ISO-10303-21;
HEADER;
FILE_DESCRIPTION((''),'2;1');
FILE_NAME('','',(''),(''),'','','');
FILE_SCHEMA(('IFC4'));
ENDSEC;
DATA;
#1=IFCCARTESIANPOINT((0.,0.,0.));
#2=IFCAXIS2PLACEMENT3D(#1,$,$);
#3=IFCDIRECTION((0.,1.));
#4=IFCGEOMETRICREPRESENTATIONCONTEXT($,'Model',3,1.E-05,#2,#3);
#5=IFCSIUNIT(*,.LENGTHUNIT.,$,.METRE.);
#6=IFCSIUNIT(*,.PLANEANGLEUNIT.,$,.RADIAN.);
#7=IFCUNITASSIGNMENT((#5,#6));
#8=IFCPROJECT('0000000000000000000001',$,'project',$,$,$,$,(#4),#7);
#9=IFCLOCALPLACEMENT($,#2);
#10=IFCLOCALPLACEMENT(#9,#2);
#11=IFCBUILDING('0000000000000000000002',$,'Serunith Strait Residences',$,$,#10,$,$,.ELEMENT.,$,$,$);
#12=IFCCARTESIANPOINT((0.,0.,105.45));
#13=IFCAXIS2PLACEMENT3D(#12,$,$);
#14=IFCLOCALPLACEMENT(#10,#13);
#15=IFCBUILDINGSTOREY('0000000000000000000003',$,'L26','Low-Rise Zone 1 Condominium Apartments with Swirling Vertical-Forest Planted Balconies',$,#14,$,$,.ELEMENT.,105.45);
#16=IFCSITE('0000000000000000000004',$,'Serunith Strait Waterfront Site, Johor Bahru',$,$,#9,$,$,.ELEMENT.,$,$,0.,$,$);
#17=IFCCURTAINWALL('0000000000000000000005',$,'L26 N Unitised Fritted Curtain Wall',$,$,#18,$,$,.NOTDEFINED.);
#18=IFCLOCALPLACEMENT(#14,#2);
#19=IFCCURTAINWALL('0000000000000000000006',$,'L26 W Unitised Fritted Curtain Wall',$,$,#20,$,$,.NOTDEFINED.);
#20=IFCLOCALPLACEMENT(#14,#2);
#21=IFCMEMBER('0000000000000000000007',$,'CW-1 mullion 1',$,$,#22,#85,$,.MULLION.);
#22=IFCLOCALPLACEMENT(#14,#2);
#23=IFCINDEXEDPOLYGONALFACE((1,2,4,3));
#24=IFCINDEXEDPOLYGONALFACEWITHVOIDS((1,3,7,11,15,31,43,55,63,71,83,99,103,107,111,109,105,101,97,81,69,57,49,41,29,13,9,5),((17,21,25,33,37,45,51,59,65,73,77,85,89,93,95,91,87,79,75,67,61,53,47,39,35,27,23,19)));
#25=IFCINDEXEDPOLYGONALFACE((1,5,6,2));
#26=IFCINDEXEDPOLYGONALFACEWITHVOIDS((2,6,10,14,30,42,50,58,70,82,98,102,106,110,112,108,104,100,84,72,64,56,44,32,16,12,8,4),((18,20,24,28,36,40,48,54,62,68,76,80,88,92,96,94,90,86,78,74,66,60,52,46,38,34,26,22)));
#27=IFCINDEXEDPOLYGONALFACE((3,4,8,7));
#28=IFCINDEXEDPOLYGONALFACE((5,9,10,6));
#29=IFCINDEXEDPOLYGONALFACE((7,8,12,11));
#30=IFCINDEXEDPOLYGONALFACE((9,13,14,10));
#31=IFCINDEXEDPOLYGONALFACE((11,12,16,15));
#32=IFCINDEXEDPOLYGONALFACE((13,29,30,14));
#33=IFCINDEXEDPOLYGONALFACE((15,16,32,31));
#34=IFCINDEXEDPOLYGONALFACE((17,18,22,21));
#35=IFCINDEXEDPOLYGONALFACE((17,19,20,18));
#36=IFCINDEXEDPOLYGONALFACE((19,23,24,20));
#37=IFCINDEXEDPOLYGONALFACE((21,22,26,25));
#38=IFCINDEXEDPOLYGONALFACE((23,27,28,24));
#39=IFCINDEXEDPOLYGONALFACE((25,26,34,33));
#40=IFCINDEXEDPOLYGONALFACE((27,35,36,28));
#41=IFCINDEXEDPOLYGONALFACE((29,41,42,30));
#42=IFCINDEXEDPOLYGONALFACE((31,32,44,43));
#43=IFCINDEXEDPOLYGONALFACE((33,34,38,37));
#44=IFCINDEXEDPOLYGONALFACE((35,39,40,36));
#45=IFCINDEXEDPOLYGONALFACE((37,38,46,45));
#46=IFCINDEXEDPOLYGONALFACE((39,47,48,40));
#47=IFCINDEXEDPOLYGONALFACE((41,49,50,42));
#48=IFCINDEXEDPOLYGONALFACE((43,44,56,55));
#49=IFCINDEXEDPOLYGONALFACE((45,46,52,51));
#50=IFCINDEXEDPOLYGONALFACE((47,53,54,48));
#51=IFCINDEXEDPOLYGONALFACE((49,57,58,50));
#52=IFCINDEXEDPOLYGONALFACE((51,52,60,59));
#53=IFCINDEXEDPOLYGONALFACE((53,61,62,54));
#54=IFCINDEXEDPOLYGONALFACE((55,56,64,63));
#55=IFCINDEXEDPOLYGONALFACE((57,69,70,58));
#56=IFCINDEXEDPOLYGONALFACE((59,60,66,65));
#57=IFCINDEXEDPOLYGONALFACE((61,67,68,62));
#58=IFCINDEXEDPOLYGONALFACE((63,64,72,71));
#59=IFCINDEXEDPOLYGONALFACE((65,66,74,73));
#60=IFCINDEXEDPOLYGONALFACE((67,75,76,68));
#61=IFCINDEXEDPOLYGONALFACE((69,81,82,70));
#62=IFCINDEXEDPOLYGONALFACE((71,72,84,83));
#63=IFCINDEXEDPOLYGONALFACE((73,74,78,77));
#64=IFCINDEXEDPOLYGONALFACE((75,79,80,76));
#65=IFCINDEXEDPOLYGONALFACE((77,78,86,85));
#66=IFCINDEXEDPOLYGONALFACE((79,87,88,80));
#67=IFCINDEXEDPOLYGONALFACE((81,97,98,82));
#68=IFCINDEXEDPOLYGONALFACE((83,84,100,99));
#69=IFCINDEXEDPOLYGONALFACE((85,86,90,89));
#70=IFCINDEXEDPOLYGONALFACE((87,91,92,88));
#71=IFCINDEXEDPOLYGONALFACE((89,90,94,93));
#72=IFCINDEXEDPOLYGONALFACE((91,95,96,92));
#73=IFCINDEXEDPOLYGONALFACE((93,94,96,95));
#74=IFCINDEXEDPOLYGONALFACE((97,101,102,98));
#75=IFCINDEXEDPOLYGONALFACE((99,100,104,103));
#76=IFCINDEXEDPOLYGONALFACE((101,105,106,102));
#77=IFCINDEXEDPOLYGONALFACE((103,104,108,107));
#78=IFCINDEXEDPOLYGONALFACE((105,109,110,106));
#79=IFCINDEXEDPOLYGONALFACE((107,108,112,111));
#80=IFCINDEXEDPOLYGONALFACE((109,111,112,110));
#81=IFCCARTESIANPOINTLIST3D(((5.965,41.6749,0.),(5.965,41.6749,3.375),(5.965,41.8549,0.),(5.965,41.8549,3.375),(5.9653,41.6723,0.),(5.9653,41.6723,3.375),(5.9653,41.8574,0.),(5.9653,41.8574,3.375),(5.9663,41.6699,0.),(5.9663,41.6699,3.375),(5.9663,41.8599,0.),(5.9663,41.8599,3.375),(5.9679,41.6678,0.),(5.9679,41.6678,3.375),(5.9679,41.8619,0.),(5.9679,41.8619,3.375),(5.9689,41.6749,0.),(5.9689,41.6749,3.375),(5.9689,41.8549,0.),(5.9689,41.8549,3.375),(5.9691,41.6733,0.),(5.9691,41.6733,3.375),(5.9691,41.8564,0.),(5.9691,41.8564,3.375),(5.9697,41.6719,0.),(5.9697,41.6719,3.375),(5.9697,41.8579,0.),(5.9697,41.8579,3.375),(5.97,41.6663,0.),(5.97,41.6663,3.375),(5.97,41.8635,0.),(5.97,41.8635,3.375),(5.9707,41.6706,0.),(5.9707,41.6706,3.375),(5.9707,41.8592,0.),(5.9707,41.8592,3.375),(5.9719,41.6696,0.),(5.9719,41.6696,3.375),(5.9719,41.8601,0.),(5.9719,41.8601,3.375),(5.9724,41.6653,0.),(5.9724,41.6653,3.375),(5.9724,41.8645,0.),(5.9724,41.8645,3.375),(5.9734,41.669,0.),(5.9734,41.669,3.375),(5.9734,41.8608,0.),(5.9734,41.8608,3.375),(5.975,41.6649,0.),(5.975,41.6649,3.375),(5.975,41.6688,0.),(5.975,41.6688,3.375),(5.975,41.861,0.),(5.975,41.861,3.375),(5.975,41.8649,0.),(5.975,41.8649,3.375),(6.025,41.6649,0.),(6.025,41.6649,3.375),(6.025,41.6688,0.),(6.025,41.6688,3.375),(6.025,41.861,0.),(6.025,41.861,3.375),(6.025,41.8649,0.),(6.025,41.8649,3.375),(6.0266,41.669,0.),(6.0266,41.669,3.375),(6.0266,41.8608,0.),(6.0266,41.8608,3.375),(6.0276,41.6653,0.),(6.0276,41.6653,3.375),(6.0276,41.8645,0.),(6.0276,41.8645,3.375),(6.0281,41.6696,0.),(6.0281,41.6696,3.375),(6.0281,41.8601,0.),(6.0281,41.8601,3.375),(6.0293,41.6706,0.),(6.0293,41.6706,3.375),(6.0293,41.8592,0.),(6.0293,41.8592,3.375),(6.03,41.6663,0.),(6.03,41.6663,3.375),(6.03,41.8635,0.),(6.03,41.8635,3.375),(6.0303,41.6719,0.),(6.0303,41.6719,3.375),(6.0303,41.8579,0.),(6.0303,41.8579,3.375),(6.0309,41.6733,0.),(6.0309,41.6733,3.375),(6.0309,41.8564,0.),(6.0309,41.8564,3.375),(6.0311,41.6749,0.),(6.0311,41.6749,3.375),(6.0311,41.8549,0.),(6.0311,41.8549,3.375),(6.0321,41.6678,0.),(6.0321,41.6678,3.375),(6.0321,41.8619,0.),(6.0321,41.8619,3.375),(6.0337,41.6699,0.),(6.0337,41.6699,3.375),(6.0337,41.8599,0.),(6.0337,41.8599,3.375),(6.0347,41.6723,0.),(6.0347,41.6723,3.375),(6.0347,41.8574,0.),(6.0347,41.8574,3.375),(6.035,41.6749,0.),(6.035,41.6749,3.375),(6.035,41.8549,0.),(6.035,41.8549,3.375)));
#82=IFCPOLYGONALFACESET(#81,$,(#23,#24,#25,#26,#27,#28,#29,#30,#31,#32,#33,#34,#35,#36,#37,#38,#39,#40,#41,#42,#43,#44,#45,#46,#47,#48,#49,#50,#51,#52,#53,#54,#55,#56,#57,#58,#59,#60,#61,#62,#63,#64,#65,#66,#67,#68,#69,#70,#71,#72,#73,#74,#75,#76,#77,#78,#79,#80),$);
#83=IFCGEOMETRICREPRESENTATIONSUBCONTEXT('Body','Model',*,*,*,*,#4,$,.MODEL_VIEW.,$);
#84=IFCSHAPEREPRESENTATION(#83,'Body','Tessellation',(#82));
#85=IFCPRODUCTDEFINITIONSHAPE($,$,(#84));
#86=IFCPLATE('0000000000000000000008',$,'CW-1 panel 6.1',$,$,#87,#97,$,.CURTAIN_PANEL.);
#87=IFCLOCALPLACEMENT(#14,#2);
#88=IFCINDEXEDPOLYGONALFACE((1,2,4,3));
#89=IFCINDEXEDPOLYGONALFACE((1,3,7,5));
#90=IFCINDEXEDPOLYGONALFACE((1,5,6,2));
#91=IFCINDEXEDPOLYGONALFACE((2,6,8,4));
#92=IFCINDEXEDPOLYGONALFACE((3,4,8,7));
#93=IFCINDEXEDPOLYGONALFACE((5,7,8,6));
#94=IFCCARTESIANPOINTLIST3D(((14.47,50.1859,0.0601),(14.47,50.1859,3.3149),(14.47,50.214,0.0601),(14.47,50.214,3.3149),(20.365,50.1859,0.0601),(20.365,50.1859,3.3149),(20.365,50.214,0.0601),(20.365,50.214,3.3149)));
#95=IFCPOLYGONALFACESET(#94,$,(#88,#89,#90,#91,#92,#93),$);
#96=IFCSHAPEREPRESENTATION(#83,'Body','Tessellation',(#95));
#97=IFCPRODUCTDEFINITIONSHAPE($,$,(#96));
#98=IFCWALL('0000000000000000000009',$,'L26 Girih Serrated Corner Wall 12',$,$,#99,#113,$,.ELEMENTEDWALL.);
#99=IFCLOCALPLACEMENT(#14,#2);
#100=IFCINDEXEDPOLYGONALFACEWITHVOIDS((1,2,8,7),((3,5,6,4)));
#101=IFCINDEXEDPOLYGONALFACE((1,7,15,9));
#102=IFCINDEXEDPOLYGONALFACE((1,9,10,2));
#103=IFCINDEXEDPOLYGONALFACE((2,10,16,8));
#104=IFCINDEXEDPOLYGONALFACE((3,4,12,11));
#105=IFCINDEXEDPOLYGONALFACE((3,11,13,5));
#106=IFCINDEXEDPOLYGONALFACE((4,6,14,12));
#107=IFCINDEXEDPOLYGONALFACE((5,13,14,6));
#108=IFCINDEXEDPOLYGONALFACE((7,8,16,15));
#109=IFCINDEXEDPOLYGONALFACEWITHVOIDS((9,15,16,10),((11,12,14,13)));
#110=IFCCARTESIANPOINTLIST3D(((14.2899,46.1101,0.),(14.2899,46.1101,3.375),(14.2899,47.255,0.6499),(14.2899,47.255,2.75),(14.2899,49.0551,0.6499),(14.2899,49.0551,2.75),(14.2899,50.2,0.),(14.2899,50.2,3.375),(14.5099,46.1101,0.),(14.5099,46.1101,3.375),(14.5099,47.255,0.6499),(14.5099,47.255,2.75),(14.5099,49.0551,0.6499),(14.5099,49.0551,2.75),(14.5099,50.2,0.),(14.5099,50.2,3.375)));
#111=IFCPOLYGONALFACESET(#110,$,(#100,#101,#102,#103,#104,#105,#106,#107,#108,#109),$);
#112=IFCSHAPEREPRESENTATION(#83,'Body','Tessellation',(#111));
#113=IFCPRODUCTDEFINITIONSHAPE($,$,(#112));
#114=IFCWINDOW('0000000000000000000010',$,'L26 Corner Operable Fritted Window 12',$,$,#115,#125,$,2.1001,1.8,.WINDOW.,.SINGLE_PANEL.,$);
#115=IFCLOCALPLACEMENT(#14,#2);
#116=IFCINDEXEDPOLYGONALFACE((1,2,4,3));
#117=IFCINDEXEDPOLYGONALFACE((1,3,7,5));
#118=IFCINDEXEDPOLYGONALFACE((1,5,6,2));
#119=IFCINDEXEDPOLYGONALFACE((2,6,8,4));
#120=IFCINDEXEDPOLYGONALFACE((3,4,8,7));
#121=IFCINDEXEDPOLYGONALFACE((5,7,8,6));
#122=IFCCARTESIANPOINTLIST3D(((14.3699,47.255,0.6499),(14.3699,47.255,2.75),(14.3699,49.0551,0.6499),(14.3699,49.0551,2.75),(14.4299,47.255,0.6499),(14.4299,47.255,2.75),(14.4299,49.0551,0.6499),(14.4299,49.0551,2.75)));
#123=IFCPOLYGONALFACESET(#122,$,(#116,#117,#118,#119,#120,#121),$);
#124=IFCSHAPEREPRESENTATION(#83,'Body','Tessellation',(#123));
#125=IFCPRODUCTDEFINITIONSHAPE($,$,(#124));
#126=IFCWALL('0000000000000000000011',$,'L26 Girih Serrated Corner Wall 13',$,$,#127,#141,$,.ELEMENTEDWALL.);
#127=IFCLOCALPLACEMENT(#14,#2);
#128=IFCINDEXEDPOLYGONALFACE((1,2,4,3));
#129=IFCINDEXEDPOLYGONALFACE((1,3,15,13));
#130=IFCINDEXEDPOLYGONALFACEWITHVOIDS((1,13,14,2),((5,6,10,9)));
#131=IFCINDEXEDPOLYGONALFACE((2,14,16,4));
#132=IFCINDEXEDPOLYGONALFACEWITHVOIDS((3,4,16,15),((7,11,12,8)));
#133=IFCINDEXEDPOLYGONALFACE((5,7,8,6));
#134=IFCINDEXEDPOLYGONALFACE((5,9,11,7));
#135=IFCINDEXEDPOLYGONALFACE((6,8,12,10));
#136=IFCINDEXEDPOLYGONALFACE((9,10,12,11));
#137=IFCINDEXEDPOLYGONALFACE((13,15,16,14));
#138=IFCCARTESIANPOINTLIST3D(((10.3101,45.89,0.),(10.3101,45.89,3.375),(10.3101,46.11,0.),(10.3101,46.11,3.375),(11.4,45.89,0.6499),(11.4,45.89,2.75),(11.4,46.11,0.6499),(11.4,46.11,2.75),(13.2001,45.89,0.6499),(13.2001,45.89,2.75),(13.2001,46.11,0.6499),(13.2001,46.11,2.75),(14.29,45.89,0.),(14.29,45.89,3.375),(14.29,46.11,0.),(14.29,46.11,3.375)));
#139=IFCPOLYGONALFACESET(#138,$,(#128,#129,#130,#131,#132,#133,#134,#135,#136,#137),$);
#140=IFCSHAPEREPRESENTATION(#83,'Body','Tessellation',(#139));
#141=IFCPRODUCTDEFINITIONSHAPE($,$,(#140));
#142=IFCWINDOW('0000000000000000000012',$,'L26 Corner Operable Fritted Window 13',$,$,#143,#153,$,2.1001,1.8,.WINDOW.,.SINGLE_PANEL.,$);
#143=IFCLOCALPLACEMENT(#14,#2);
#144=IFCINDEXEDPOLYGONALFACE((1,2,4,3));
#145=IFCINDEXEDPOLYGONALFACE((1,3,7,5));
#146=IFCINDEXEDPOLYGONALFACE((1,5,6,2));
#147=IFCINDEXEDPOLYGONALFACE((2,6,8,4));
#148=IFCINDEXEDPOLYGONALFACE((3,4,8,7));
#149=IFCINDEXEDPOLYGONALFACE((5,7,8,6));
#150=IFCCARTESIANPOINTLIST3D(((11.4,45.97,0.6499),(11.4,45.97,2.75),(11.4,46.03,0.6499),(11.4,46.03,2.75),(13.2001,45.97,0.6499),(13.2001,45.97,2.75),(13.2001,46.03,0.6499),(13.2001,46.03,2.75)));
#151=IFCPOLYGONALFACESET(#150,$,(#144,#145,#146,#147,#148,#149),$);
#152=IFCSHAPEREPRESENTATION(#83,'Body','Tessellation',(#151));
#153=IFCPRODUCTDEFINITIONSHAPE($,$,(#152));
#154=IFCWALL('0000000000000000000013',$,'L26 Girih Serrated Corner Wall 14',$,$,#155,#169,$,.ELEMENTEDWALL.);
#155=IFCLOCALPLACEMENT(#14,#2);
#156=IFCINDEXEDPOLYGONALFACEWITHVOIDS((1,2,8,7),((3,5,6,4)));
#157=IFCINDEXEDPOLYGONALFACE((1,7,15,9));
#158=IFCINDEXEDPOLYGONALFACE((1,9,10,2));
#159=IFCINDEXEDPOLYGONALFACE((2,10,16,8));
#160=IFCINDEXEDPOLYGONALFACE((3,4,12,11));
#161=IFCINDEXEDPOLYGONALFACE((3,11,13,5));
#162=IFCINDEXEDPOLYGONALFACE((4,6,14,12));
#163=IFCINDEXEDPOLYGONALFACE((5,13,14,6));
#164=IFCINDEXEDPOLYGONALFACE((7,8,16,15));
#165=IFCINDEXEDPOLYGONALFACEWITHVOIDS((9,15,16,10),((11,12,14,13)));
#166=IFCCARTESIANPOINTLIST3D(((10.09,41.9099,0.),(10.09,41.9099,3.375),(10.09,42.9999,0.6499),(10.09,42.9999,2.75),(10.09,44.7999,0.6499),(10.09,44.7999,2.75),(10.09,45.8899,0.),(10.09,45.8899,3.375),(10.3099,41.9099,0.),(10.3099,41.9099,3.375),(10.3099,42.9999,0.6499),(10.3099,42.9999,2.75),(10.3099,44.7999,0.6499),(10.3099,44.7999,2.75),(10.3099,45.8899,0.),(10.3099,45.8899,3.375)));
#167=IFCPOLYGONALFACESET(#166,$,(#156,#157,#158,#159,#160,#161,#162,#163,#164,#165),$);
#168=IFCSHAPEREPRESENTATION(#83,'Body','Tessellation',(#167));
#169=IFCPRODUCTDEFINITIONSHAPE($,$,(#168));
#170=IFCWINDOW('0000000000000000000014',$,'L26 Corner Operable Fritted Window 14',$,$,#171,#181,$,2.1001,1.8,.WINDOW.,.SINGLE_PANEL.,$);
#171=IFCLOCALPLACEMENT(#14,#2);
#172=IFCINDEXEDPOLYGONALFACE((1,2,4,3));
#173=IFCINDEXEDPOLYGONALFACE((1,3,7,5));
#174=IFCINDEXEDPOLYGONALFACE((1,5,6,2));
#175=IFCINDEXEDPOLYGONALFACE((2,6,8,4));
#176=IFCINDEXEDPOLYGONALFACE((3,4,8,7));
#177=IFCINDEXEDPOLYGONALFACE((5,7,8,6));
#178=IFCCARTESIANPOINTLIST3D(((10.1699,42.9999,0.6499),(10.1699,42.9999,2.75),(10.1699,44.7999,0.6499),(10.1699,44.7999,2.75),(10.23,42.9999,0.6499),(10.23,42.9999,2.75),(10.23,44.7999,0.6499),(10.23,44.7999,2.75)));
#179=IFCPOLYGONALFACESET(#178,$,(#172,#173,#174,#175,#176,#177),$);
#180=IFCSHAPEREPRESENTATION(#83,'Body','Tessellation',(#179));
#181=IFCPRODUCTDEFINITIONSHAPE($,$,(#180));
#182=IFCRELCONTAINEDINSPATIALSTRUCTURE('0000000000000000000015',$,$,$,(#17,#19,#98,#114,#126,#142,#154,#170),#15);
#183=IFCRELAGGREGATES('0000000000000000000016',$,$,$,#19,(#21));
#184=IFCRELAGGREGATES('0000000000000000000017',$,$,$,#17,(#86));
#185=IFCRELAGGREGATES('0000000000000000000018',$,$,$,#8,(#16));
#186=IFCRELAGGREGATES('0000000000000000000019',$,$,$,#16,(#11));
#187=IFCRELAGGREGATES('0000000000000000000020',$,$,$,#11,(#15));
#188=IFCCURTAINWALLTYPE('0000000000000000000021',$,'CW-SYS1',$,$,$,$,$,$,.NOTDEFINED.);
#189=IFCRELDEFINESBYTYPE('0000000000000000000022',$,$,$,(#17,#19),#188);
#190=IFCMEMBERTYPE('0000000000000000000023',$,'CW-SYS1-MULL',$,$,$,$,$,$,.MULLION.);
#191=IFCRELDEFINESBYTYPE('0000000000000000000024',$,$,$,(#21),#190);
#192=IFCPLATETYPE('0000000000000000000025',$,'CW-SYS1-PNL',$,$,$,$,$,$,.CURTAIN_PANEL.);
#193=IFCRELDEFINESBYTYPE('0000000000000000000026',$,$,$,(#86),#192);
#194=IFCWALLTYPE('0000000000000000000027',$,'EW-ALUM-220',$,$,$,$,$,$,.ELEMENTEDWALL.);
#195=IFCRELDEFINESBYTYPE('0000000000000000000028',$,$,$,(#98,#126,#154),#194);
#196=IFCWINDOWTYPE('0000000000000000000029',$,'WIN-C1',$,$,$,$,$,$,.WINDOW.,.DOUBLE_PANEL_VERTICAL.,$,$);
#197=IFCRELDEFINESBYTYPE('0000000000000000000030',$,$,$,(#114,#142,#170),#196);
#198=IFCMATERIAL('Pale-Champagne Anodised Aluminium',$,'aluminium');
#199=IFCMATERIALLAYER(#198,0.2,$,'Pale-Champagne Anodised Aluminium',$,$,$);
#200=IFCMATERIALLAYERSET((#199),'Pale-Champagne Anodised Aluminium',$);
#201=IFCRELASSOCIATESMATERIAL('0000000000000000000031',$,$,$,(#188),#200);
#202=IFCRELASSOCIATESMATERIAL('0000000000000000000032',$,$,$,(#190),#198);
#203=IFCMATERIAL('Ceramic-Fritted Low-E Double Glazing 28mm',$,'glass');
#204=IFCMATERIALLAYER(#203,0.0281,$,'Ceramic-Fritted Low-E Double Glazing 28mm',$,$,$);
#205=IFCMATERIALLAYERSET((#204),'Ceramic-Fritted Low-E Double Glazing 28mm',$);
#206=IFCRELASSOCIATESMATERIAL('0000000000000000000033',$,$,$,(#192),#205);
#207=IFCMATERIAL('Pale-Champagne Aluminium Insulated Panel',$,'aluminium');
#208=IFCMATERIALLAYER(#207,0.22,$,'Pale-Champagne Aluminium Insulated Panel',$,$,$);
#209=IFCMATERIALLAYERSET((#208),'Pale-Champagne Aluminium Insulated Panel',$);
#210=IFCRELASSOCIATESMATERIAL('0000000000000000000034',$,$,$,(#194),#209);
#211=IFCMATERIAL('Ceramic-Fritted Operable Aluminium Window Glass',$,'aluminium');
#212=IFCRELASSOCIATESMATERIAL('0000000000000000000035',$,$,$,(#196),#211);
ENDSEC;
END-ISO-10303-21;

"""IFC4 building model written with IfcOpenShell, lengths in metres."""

from ifc_helpers import new_model, si_unit, direction, frame, frame_2d, origin, origin_2d, place, context, subcontext, project, spatial, rectangle, hollow_rectangle, extrude, source, transform, mapped, material, layer, layer_set, material_profile, profile_set, type_object, element, fill, aggregate, save


model = new_model("IFC4")

# Units and contexts
model_context = context("Model", 3, precision=1e-05, world=origin(), true_north=direction((0.0, 1.0)))
body_context = subcontext(model_context, "Body", "Model", "MODEL_VIEW")
ifc_project = project(units=[si_unit("LENGTHUNIT", "METRE"), si_unit("PLANEANGLEUNIT", "RADIAN")], contexts=[model_context])

# Site, building, storey
site_placement = place(None, origin())
site = spatial("IfcSite", under=ifc_project, at=site_placement, Name="Serunith Strait Waterfront Site, Johor Bahru", CompositionType="ELEMENT", RefElevation=0.0)
building_placement = place(site_placement, origin())
building = spatial("IfcBuilding", under=site, at=building_placement, Name="Serunith Strait Residences", CompositionType="ELEMENT")
storey_placement = place(building_placement, frame((0.0, 0.0, 105.45)))
storey = spatial("IfcBuildingStorey", under=building, at=storey_placement, Name="L26", Description="Low-Rise Zone 1 Condominium Apartments with Swirling Vertical-Forest Planted Balconies", CompositionType="ELEMENT", Elevation=105.45)

# Curtain walls
ifc_material_1 = material(Name="Pale-Champagne Anodised Aluminium", Category="aluminium")
ifc_layer_1 = layer(ifc_material_1, 0.2, Name="Pale-Champagne Anodised Aluminium")
ifc_layer_set_1 = layer_set([ifc_layer_1], Name="Pale-Champagne Anodised Aluminium")
curtain_wall_type = type_object("IfcCurtainWallType", Name="CW-SYS1", PredefinedType="NOTDEFINED", material=ifc_layer_set_1)
curtain_wall_1_placement = place(storey_placement, origin())
curtain_wall_1 = element("IfcCurtainWall", 1, at=curtain_wall_1_placement, inside=storey, type_object=curtain_wall_type, Name="L26 N Unitised Fritted Curtain Wall", PredefinedType="NOTDEFINED")
curtain_wall_2_placement = place(storey_placement, origin())
curtain_wall_2 = element("IfcCurtainWall", 2, at=curtain_wall_2_placement, inside=storey, type_object=curtain_wall_type, Name="L26 W Unitised Fritted Curtain Wall", PredefinedType="NOTDEFINED")

# Member
ifc_material_profile_1 = material_profile(ifc_material_1, hollow_rectangle(XDim=0.0701, YDim=0.2, WallThickness=0.0039, InnerFilletRadius=0.0061, OuterFilletRadius=0.01, at=origin_2d()), Name="ALU 200x70x4")
ifc_profile_set_1 = profile_set([ifc_material_profile_1], Name="Pale-Champagne Anodised Aluminium")
member_type_1 = type_object("IfcMemberType", Name="CW-SYS1-MULL", PredefinedType="MULLION", material=ifc_profile_set_1)
shared_shape_1 = source(origin(), body_context, "Body", "SweptSolid", [
    extrude(hollow_rectangle(XDim=0.0701, YDim=0.2, WallThickness=0.0039, InnerFilletRadius=0.0061, OuterFilletRadius=0.01, at=origin_2d()), origin(), (0.0, 0.0, 1.0), 3.375),
])
member_1_placement = place(storey_placement, frame((6.0, 41.7649, 0.0), z_axis=(0.0, 0.0, 1.0), x_axis=(1.0, 0.0, 0.0)))
member_1 = element("IfcMember", 3, at=member_1_placement, type_object=member_type_1, Name="CW-1 mullion 1", PredefinedType="MULLION", context=body_context, shape_type="MappedRepresentation", body=[
    mapped(shared_shape_1, transform((0.0, 0.0, 0.0), scale=1.0)),
])
aggregate(curtain_wall_2, [member_1])

# Plate
ifc_material_2 = material(Name="Ceramic-Fritted Low-E Double Glazing 28mm", Category="glass")
ifc_layer_2 = layer(ifc_material_2, 0.0281, Name="Ceramic-Fritted Low-E Double Glazing 28mm")
ifc_layer_set_2 = layer_set([ifc_layer_2], Name="Ceramic-Fritted Low-E Double Glazing 28mm")
plate_type = type_object("IfcPlateType", Name="CW-SYS1-PNL", PredefinedType="CURTAIN_PANEL", material=ifc_layer_set_2)
shared_shape_2 = source(origin(), body_context, "Body", "SweptSolid", [
    extrude(rectangle(XDim=5.895, YDim=0.0281, at=origin_2d()), origin(), (0.0, 0.0, 1.0), 3.2549),
])
plate_placement = place(storey_placement, frame((17.4175, 50.2, 0.0601), z_axis=(0.0, 0.0, 1.0), x_axis=(-1.0, 0.0, 0.0)))
plate = element("IfcPlate", 4, at=plate_placement, type_object=plate_type, Name="CW-1 panel 6.1", PredefinedType="CURTAIN_PANEL", context=body_context, shape_type="MappedRepresentation", body=[
    mapped(shared_shape_2, transform((0.0, 0.0, 0.0), scale=1.0)),
])
aggregate(curtain_wall_1, [plate])

# Walls, openings, windows
ifc_material_3 = material(Name="Pale-Champagne Aluminium Insulated Panel", Category="aluminium")
ifc_layer_3 = layer(ifc_material_3, 0.22, Name="Pale-Champagne Aluminium Insulated Panel")
ifc_layer_set_3 = layer_set([ifc_layer_3], Name="Pale-Champagne Aluminium Insulated Panel")
wall_type_1 = type_object("IfcWallType", Name="EW-ALUM-220", PredefinedType="ELEMENTEDWALL", material=ifc_layer_set_3)
wall_1_placement = place(storey_placement, frame((14.3999, 50.2, 0.0), z_axis=(0.0, 0.0, 1.0), x_axis=(0.0, -1.0, 0.0)))
wall_1 = element("IfcWall", 5, at=wall_1_placement, inside=storey, type_object=wall_type_1, Name="L26 Girih Serrated Corner Wall 12", PredefinedType="ELEMENTEDWALL", context=body_context, shape_type="SweptSolid", body=[
    extrude(rectangle(XDim=4.0898, YDim=0.22, at=frame_2d((2.0449, 0.0))), origin(), (0.0, 0.0, 1.0), 3.375),
])
opening_1_placement = place(wall_1_placement, frame((1.145, 0.0, 0.6499)))
opening_1 = element("IfcOpeningElement", 6, at=opening_1_placement, cuts=wall_1, PredefinedType="OPENING", context=body_context, shape_type="SweptSolid", body=[
    extrude(rectangle(XDim=1.8, YDim=2.1001, at=frame_2d((0.8999, 1.05))), frame((0.0, 0.1201, 0.0), z_axis=(0.0, -1.0, 0.0), x_axis=(1.0, 0.0, 0.0)), (0.0, 0.0, 1.0), 0.24),
])
ifc_material_4 = material(Name="Ceramic-Fritted Operable Aluminium Window Glass", Category="aluminium")
window_type = type_object("IfcWindowType", Name="WIN-C1", PartitioningType="DOUBLE_PANEL_VERTICAL", PredefinedType="WINDOW", material=ifc_material_4)
shared_shape_3 = source(origin(), body_context, "Body", "SweptSolid", [
    extrude(rectangle(XDim=1.8, YDim=2.1001, at=frame_2d((0.8999, 1.05))), frame((0.0, 0.03, 0.0), z_axis=(0.0, -1.0, 0.0), x_axis=(1.0, 0.0, 0.0)), (0.0, 0.0, 1.0), 0.0601),
])
window_1_placement = place(opening_1_placement, origin())
window_1 = element("IfcWindow", 7, at=window_1_placement, inside=storey, type_object=window_type, Name="L26 Corner Operable Fritted Window 12", OverallHeight=2.1001, OverallWidth=1.8, PartitioningType="SINGLE_PANEL", PredefinedType="WINDOW", context=body_context, shape_type="MappedRepresentation", body=[
    mapped(shared_shape_3, transform((0.0, 0.0, 0.0), scale=1.0)),
])
fill(opening_1, window_1)
wall_2_placement = place(storey_placement, frame((14.29, 46.0, 0.0), z_axis=(0.0, 0.0, 1.0), x_axis=(-1.0, 0.0, 0.0)))
wall_2 = element("IfcWall", 8, at=wall_2_placement, inside=storey, type_object=wall_type_1, Name="L26 Girih Serrated Corner Wall 13", PredefinedType="ELEMENTEDWALL", context=body_context, shape_type="SweptSolid", body=[
    extrude(rectangle(XDim=3.98, YDim=0.22, at=frame_2d((1.99, 0.0))), origin(), (0.0, 0.0, 1.0), 3.375),
])
opening_2_placement = place(wall_2_placement, frame((1.0901, 0.0, 0.6499)))
opening_2 = element("IfcOpeningElement", 9, at=opening_2_placement, cuts=wall_2, PredefinedType="OPENING", context=body_context, shape_type="SweptSolid", body=[
    extrude(rectangle(XDim=1.8, YDim=2.1001, at=frame_2d((0.8999, 1.05))), frame((0.0, 0.1201, 0.0), z_axis=(0.0, -1.0, 0.0), x_axis=(1.0, 0.0, 0.0)), (0.0, 0.0, 1.0), 0.24),
])
window_2_placement = place(opening_2_placement, origin())
window_2 = element("IfcWindow", 10, at=window_2_placement, inside=storey, type_object=window_type, Name="L26 Corner Operable Fritted Window 13", OverallHeight=2.1001, OverallWidth=1.8, PartitioningType="SINGLE_PANEL", PredefinedType="WINDOW", context=body_context, shape_type="MappedRepresentation", body=[
    mapped(shared_shape_3, transform((0.0, 0.0, 0.0), scale=1.0)),
])
fill(opening_2, window_2)
wall_3_placement = place(storey_placement, frame((10.2, 45.8899, 0.0), z_axis=(0.0, 0.0, 1.0), x_axis=(0.0, -1.0, 0.0)))
wall_3 = element("IfcWall", 11, at=wall_3_placement, inside=storey, type_object=wall_type_1, Name="L26 Girih Serrated Corner Wall 14", PredefinedType="ELEMENTEDWALL", context=body_context, shape_type="SweptSolid", body=[
    extrude(rectangle(XDim=3.98, YDim=0.22, at=frame_2d((1.99, 0.0))), origin(), (0.0, 0.0, 1.0), 3.375),
])
opening_3_placement = place(wall_3_placement, frame((1.0901, 0.0, 0.6499)))
opening_3 = element("IfcOpeningElement", 12, at=opening_3_placement, cuts=wall_3, PredefinedType="OPENING", context=body_context, shape_type="SweptSolid", body=[
    extrude(rectangle(XDim=1.8, YDim=2.1001, at=frame_2d((0.8999, 1.05))), frame((0.0, 0.1201, 0.0), z_axis=(0.0, -1.0, 0.0), x_axis=(1.0, 0.0, 0.0)), (0.0, 0.0, 1.0), 0.24),
])
window_3_placement = place(opening_3_placement, origin())
window_3 = element("IfcWindow", 13, at=window_3_placement, inside=storey, type_object=window_type, Name="L26 Corner Operable Fritted Window 14", OverallHeight=2.1001, OverallWidth=1.8, PartitioningType="SINGLE_PANEL", PredefinedType="WINDOW", context=body_context, shape_type="MappedRepresentation", body=[
    mapped(shared_shape_3, transform((0.0, 0.0, 0.0), scale=1.0)),
])
fill(opening_3, window_3)

save(model, "model.ifc")
